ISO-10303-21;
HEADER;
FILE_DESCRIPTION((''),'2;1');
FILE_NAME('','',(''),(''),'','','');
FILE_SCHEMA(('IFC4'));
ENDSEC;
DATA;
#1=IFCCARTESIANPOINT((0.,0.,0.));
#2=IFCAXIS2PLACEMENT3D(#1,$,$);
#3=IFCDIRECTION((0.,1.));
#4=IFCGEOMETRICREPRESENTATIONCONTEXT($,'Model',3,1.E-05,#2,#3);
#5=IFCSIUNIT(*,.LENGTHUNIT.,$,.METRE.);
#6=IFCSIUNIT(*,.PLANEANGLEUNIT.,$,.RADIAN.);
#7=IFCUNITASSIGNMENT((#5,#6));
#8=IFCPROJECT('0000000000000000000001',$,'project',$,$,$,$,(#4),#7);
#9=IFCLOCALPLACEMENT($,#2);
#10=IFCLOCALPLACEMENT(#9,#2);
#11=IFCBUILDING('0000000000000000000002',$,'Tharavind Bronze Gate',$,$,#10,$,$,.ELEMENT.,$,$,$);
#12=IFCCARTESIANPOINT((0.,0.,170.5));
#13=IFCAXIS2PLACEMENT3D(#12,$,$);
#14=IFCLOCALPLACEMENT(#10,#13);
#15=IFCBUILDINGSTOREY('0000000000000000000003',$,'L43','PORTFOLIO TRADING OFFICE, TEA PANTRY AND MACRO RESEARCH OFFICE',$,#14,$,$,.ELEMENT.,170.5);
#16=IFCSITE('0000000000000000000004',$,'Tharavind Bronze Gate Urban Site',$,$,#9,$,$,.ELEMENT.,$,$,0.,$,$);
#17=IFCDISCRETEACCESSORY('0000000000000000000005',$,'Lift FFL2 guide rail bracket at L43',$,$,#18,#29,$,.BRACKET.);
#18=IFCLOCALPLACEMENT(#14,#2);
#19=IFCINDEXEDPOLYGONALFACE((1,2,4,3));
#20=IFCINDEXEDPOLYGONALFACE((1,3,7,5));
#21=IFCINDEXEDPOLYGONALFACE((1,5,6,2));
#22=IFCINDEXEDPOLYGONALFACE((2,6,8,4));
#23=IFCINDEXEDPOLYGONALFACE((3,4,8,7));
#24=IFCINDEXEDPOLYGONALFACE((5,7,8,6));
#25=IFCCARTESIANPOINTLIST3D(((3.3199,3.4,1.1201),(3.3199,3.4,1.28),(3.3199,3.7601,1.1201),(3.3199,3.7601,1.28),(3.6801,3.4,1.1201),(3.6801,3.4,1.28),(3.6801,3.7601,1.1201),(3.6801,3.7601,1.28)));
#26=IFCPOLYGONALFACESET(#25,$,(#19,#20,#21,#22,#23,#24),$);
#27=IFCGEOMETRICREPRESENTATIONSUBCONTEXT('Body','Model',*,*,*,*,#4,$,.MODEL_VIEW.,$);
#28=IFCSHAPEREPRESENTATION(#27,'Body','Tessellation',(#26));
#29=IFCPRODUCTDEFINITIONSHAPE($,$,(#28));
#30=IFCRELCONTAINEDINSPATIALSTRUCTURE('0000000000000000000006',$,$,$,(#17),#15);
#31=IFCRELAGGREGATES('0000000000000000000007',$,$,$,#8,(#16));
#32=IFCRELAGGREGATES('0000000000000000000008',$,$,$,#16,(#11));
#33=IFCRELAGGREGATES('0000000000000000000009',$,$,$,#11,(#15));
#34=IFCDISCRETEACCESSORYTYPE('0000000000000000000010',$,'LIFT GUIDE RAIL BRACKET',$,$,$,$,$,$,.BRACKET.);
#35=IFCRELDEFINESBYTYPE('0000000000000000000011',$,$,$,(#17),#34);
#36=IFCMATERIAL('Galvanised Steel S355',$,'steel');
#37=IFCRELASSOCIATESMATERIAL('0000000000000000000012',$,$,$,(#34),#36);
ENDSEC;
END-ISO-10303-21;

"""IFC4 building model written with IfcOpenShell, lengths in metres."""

from ifc_helpers import new_model, si_unit, direction, frame, origin, origin_2d, place, context, subcontext, project, spatial, rectangle, extrude, material, type_object, element, save


model = new_model("IFC4")

# Units and contexts
model_context = context("Model", 3, precision=1e-05, world=origin(), true_north=direction((0.0, 1.0)))
body_context = subcontext(model_context, "Body", "Model", "MODEL_VIEW")
ifc_project = project(units=[si_unit("LENGTHUNIT", "METRE"), si_unit("PLANEANGLEUNIT", "RADIAN")], contexts=[model_context])

# Site, building, storey
site_placement = place(None, origin())
site = spatial("IfcSite", under=ifc_project, at=site_placement, Name="Tharavind Bronze Gate Urban Site", CompositionType="ELEMENT", RefElevation=0.0)
building_placement = place(site_placement, origin())
building = spatial("IfcBuilding", under=site, at=building_placement, Name="Tharavind Bronze Gate", CompositionType="ELEMENT")
storey_placement = place(building_placement, frame((0.0, 0.0, 170.5)))
storey = spatial("IfcBuildingStorey", under=building, at=storey_placement, Name="L43", Description="PORTFOLIO TRADING OFFICE, TEA PANTRY AND MACRO RESEARCH OFFICE", CompositionType="ELEMENT", Elevation=170.5)

# Discrete accessory
ifc_material_1 = material(Name="Galvanised Steel S355", Category="steel")
discrete_accessory_type = type_object("IfcDiscreteAccessoryType", Name="LIFT GUIDE RAIL BRACKET", PredefinedType="BRACKET", material=ifc_material_1)
for number, where, z_axis, x_axis, name in (
    (1, (3.5, 3.5801, 1.1201), (0.0, 0.0, 1.0), (1.0, 0.0, 0.0), "Lift FFL2 guide rail bracket at L43"),
):
    element("IfcDiscreteAccessory", number, at=place(storey_placement, frame(where, z_axis=z_axis, x_axis=x_axis)), inside=storey, type_object=discrete_accessory_type, Name=name, PredefinedType="BRACKET", context=body_context, shape_type="SweptSolid", body=[
        extrude(rectangle(XDim=0.3601, YDim=0.3601, at=origin_2d()), origin(), (0.0, 0.0, 1.0), 0.1599),
    ])

save(model, "model.ifc")
